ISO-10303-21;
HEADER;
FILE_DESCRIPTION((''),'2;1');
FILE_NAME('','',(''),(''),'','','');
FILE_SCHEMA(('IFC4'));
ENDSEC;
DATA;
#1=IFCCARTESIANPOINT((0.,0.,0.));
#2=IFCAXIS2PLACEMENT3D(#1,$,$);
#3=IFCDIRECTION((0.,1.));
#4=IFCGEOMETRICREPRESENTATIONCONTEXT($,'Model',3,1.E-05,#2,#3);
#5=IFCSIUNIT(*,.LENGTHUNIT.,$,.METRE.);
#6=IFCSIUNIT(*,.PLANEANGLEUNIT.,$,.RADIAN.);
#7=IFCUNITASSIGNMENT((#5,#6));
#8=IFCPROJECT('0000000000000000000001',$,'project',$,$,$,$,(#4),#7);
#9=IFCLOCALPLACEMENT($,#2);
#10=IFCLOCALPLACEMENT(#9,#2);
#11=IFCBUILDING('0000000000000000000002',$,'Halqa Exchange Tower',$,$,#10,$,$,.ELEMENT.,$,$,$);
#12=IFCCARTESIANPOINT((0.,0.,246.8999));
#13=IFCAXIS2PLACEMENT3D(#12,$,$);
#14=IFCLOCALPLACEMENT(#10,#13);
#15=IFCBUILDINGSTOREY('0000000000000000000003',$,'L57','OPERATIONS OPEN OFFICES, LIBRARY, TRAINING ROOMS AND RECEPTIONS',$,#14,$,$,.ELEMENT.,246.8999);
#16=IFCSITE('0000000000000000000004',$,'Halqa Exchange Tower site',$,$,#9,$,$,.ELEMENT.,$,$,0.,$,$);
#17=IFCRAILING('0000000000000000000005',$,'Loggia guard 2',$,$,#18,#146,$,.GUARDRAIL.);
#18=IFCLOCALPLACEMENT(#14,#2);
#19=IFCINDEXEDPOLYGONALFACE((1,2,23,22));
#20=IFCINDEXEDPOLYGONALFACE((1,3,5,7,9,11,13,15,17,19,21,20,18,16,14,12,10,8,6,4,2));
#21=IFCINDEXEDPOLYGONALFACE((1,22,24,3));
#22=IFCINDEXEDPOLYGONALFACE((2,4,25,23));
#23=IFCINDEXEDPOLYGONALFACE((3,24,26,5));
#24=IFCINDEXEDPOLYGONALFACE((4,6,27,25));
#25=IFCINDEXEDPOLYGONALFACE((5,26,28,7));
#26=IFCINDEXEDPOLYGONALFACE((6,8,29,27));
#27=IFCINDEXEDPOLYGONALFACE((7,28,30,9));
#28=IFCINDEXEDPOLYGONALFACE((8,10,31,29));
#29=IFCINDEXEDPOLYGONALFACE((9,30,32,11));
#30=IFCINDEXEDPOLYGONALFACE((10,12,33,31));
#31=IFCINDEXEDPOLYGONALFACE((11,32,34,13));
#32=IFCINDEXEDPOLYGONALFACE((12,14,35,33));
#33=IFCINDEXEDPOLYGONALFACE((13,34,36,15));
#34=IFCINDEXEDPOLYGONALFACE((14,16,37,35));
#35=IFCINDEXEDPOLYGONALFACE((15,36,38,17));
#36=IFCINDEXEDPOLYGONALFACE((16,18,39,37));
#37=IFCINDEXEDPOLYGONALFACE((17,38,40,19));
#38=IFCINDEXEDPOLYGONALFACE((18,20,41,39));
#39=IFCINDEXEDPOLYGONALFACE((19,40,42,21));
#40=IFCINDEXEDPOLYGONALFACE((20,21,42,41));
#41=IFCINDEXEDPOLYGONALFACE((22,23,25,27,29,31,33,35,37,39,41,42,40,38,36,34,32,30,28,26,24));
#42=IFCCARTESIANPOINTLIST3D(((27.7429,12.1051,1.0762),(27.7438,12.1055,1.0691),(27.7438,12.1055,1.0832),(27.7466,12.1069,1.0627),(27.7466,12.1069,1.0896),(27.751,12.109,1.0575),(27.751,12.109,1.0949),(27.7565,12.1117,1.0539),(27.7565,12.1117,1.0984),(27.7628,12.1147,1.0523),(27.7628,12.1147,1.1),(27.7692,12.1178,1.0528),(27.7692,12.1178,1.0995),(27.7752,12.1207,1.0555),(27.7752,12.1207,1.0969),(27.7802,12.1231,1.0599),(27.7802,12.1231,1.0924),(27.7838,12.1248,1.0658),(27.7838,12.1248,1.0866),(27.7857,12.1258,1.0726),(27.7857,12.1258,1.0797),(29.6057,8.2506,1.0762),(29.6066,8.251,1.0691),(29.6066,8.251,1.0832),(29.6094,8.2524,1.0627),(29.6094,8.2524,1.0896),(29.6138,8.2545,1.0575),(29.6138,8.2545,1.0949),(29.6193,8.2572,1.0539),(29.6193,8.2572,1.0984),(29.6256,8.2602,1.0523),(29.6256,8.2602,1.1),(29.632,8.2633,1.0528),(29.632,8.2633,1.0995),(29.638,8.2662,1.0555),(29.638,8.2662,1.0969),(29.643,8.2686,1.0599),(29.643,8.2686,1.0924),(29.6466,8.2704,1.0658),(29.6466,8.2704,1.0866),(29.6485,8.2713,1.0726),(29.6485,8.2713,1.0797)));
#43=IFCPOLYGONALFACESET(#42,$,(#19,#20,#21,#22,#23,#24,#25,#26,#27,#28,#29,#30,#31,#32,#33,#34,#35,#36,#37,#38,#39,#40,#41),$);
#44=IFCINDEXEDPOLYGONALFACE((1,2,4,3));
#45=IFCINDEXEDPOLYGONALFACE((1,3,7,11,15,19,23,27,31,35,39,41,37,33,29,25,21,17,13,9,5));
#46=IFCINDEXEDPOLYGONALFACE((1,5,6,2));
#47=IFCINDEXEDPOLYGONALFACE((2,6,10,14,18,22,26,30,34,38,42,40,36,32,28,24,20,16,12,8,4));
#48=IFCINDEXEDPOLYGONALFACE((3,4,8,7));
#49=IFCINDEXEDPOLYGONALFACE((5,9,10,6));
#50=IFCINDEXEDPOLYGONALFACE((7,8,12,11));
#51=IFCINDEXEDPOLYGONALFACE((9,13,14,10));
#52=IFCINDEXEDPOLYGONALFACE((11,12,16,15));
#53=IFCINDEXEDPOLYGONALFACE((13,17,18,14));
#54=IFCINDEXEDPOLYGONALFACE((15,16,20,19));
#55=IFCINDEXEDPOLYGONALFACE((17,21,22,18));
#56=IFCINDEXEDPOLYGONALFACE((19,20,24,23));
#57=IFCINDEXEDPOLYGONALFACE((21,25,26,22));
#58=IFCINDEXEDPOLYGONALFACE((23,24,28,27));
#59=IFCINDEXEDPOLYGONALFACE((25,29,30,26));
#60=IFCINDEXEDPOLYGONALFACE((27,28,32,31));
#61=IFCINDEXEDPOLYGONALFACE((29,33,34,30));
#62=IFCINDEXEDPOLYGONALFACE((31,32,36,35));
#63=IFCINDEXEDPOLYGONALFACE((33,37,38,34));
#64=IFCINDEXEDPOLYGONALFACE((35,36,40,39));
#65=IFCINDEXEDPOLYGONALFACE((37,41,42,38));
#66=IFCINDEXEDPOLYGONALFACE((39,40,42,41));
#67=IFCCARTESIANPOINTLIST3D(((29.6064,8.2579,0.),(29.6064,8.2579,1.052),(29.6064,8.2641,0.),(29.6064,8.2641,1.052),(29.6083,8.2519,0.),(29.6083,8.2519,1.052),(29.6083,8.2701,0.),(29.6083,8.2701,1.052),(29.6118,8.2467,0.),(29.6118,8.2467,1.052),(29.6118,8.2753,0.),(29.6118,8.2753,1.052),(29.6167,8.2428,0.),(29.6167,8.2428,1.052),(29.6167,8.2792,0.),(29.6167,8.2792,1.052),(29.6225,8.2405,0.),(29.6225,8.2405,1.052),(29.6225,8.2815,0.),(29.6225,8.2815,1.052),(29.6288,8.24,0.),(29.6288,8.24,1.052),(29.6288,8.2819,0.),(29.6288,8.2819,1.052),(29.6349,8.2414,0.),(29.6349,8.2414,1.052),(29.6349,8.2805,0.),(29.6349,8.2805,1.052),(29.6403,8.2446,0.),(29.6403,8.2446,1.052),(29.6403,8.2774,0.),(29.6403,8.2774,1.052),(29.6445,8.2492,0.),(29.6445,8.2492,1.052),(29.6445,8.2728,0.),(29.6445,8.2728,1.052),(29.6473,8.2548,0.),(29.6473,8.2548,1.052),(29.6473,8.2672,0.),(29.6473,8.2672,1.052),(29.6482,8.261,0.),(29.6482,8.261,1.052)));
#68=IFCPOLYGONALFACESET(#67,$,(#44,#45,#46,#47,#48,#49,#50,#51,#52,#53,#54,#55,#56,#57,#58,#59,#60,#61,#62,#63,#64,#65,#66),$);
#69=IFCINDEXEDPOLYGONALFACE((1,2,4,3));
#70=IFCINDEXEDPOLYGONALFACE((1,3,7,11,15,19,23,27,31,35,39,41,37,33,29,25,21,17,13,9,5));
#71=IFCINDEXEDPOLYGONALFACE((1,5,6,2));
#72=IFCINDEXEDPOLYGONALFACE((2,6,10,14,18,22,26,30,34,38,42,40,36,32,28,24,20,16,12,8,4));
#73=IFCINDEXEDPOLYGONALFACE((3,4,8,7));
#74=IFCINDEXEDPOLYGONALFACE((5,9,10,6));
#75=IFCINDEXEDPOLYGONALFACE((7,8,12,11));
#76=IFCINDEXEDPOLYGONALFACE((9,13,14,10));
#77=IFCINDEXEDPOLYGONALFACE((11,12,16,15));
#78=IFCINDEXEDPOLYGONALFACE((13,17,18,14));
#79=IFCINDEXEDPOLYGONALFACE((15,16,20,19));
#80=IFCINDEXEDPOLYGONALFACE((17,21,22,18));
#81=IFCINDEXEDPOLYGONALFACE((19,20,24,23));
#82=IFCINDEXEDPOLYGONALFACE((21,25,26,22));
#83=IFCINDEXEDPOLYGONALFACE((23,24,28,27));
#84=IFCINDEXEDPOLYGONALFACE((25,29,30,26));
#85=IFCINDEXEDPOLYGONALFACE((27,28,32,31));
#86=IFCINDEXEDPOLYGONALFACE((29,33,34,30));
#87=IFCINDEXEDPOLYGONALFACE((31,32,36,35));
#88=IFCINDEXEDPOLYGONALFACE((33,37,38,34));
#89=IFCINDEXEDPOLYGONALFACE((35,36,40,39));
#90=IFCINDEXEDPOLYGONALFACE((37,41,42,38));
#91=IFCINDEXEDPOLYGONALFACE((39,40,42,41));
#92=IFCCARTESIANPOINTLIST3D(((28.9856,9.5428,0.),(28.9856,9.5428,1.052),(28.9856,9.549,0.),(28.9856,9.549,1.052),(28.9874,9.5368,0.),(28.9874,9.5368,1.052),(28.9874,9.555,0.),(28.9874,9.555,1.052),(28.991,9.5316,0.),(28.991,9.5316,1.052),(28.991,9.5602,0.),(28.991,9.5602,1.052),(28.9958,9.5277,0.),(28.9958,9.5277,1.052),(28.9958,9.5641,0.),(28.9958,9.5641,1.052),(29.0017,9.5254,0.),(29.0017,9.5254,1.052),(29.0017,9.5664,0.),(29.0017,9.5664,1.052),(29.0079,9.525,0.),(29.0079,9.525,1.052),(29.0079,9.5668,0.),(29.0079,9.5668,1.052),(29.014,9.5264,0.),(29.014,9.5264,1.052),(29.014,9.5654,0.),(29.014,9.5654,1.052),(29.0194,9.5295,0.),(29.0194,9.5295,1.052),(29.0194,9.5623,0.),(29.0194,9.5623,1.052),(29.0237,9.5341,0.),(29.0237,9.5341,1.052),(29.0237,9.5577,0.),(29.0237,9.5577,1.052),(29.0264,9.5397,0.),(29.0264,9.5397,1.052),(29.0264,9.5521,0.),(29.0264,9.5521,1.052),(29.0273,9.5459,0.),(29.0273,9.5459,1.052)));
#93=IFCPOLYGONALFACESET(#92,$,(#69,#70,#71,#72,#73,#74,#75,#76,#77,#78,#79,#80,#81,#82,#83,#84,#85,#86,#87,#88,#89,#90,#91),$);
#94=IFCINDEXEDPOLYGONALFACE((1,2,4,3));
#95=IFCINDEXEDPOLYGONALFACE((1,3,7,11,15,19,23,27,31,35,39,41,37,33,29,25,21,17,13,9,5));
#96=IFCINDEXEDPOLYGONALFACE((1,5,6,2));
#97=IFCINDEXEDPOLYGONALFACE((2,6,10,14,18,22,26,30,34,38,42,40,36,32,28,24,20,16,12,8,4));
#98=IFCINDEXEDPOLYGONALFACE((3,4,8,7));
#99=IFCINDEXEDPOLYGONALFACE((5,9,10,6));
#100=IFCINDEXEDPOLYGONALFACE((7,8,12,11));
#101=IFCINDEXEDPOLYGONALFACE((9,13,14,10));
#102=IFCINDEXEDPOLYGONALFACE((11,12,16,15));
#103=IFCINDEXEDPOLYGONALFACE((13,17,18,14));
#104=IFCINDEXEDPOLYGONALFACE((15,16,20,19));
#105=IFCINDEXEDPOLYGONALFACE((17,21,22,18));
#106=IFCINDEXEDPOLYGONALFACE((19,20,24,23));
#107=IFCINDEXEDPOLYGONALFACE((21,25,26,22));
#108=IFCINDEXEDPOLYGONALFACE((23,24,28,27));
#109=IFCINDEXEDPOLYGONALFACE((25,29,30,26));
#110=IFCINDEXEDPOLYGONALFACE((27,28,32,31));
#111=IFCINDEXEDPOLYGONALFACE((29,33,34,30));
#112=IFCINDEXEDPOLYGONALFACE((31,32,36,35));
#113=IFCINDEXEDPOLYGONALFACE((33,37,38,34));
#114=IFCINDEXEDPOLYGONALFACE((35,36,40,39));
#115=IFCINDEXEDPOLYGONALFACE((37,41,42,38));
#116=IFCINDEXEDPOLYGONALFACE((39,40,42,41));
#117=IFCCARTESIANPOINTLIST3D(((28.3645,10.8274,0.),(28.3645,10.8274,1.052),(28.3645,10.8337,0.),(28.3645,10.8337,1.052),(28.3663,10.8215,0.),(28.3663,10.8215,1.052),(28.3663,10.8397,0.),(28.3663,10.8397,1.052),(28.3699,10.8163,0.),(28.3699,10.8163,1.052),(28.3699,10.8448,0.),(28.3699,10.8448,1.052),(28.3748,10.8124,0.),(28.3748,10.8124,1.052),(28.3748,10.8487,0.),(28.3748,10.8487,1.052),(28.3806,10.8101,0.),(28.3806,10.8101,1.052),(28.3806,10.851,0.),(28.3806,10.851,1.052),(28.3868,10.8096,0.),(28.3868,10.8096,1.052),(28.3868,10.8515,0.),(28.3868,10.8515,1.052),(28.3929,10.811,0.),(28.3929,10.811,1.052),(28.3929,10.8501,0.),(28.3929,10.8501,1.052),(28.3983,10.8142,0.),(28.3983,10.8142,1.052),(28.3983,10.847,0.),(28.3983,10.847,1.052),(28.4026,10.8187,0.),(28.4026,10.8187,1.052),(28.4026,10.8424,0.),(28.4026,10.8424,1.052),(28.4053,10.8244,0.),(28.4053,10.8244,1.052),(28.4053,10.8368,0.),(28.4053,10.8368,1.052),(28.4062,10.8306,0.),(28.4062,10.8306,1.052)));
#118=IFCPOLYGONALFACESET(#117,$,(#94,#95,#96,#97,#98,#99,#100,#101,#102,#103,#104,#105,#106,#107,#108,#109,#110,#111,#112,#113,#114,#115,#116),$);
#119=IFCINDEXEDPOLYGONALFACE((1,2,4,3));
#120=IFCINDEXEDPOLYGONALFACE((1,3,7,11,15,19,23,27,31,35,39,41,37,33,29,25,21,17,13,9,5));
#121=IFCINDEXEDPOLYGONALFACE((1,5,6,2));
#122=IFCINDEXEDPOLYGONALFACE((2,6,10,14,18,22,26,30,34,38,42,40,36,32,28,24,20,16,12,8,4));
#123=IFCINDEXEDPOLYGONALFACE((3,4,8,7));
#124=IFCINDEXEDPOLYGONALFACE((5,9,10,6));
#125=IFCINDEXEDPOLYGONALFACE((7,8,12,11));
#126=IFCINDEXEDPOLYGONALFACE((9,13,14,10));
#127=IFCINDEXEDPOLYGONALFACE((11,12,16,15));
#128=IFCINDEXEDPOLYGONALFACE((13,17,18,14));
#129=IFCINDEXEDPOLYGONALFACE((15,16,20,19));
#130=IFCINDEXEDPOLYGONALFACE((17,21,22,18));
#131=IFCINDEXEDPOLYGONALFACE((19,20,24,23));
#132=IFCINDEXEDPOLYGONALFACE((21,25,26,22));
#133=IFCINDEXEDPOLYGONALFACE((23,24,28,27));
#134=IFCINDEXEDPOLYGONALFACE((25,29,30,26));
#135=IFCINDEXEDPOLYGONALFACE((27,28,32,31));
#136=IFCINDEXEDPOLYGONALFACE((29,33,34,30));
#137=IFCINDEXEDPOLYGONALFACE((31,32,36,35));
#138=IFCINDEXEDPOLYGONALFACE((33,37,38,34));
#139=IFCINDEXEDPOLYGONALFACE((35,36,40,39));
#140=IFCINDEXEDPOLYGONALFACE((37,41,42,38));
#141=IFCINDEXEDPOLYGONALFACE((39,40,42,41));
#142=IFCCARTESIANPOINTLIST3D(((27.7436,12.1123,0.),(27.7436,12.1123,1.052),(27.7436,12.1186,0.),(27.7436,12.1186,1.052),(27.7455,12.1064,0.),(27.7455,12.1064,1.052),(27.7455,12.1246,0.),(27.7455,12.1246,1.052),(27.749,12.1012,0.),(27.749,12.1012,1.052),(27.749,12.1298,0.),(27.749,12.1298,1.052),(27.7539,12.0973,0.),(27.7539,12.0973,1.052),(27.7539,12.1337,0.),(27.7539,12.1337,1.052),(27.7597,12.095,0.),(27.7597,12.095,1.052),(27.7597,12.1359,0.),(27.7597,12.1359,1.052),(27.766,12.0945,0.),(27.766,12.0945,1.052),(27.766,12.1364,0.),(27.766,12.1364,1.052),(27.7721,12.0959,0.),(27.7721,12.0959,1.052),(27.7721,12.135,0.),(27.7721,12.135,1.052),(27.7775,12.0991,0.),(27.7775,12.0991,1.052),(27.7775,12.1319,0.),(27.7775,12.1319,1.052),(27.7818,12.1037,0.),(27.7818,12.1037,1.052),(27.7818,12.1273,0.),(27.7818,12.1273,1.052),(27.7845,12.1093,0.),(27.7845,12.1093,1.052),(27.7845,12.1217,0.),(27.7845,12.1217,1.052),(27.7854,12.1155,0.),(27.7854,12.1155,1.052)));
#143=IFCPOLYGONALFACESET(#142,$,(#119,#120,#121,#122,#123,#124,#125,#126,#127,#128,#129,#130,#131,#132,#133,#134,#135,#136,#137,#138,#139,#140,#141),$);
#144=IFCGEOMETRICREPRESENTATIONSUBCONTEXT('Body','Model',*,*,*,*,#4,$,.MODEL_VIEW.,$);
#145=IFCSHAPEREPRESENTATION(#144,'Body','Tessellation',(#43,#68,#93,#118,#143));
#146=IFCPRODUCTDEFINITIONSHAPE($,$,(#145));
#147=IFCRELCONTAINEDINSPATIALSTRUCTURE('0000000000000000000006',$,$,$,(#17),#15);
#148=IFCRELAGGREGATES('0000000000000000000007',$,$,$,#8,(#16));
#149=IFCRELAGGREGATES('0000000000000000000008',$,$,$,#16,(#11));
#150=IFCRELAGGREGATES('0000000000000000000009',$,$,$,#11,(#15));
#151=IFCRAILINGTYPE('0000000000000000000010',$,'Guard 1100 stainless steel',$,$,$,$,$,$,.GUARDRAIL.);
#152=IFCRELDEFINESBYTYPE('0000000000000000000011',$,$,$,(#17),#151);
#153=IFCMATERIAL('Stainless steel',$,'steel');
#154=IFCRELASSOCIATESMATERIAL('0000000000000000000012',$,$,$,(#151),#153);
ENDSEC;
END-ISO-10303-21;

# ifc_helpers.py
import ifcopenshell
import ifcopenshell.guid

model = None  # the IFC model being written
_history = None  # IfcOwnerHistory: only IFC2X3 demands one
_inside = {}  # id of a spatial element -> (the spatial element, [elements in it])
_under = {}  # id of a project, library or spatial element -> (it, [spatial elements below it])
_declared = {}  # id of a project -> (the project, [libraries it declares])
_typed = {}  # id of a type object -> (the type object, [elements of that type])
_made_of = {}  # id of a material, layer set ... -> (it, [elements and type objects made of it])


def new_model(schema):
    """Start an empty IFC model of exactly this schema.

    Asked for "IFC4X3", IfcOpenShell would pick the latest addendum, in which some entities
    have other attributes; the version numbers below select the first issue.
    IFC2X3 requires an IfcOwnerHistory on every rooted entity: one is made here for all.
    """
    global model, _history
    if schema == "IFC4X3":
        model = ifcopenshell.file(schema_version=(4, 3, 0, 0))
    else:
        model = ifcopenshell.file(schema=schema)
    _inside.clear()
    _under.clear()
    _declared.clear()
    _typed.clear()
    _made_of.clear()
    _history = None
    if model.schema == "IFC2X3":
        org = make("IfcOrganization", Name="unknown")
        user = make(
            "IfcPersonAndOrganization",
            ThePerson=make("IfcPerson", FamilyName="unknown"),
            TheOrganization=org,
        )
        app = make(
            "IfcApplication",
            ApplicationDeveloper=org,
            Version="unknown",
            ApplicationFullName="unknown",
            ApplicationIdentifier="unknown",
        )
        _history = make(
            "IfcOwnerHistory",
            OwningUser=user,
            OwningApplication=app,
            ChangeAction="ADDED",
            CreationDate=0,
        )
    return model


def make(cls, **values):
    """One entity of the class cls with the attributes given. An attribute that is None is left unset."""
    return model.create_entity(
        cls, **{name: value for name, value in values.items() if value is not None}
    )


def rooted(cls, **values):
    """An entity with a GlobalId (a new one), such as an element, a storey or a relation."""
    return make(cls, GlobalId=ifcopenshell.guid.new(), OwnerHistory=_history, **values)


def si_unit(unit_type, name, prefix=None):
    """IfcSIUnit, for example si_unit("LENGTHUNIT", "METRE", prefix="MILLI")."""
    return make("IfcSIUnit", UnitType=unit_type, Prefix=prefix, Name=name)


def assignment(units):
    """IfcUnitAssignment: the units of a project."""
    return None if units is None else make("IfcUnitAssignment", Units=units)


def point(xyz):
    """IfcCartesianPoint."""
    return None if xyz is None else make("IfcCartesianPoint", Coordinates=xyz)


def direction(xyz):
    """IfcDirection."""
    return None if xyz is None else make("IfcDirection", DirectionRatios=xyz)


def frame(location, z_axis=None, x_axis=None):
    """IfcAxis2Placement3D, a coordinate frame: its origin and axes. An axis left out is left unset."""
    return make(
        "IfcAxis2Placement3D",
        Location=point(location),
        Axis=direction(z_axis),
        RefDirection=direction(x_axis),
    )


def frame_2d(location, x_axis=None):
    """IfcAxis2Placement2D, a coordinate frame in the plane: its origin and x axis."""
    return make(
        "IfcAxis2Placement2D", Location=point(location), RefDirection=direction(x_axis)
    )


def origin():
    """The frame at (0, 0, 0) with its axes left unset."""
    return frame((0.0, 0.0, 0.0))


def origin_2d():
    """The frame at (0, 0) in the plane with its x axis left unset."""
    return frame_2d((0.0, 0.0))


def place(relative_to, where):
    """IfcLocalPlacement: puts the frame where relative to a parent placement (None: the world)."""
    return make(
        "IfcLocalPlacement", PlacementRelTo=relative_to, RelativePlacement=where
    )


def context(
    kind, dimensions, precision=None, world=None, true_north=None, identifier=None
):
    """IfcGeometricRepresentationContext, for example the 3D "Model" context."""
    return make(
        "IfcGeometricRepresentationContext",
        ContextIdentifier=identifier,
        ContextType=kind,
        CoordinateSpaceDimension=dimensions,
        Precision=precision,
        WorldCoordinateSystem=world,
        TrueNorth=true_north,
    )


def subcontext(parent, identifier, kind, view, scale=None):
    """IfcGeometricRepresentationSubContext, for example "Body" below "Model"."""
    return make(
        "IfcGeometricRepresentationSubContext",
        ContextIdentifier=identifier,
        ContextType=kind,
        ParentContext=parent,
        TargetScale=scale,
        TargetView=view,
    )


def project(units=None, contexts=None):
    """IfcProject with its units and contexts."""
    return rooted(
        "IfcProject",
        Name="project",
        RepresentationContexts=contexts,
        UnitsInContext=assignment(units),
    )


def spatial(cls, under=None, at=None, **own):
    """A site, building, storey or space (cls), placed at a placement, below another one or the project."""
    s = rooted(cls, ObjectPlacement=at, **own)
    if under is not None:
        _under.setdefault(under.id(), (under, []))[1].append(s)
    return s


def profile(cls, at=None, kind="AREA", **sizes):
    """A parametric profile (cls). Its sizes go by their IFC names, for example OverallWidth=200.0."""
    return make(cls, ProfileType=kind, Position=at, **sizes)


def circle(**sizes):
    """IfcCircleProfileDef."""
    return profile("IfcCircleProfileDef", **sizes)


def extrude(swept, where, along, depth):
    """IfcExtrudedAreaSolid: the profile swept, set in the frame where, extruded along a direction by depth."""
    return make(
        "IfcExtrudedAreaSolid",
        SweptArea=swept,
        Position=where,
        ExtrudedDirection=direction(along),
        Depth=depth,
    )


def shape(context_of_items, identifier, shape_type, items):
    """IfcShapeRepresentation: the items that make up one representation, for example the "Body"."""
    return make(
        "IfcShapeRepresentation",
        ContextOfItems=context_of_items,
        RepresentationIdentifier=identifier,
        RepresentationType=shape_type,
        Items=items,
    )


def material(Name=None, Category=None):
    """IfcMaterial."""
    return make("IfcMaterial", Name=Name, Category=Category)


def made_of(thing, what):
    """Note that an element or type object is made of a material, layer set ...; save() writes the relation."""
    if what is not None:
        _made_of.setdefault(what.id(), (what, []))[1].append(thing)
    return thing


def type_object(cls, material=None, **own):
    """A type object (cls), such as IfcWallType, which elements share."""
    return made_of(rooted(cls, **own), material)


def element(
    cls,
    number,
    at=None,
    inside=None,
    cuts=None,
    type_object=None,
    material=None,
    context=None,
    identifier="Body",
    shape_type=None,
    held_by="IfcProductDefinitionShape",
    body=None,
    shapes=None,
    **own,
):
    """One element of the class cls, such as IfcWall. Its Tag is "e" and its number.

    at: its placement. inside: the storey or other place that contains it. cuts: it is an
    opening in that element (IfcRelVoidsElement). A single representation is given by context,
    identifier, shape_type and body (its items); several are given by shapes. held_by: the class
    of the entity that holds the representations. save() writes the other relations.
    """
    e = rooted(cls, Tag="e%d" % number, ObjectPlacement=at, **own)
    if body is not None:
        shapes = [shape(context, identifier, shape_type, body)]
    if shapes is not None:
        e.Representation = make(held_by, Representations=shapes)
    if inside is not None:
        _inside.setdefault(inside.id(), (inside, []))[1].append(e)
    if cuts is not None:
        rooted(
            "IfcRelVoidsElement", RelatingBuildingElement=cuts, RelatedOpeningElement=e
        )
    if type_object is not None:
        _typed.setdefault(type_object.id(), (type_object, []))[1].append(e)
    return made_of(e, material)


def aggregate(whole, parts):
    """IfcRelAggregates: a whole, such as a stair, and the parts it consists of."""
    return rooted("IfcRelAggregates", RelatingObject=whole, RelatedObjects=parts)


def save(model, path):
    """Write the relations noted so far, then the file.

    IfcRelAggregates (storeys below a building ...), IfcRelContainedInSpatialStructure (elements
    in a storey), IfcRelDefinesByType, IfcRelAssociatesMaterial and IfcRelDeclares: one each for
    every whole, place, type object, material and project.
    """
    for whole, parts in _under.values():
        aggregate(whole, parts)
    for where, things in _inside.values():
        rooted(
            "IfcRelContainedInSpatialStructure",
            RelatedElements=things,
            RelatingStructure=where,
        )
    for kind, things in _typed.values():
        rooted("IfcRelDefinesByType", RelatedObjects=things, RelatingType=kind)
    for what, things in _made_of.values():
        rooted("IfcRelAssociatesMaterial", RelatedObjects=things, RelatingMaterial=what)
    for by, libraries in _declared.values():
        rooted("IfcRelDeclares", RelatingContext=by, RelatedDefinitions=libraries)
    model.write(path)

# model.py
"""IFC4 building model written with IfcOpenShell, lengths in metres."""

from ifc_helpers import new_model, si_unit, direction, frame, origin, origin_2d, place, context, subcontext, project, spatial, circle, extrude, material, type_object, element, save


model = new_model("IFC4")

# Units and contexts
model_context = context("Model", 3, precision=1e-05, world=origin(), true_north=direction((0.0, 1.0)))
body_context = subcontext(model_context, "Body", "Model", "MODEL_VIEW")
ifc_project = project(units=[si_unit("LENGTHUNIT", "METRE"), si_unit("PLANEANGLEUNIT", "RADIAN")], contexts=[model_context])

# Site, building, storey
site_placement = place(None, origin())
site = spatial("IfcSite", under=ifc_project, at=site_placement, Name="Halqa Exchange Tower site", CompositionType="ELEMENT", RefElevation=0.0)
building_placement = place(site_placement, origin())
building = spatial("IfcBuilding", under=site, at=building_placement, Name="Halqa Exchange Tower", CompositionType="ELEMENT")
storey_placement = place(building_placement, frame((0.0, 0.0, 246.8999)))
storey = spatial("IfcBuildingStorey", under=building, at=storey_placement, Name="L57", Description="OPERATIONS OPEN OFFICES, LIBRARY, TRAINING ROOMS AND RECEPTIONS", CompositionType="ELEMENT", Elevation=246.8999)

# Railing
ifc_material_1 = material(Name="Stainless steel", Category="steel")
railing_type = type_object("IfcRailingType", Name="Guard 1100 stainless steel", PredefinedType="GUARDRAIL", material=ifc_material_1)
railing_1_placement = place(storey_placement, frame((29.6272, 8.261, 0.0)))
element("IfcRailing", 1, at=railing_1_placement, inside=storey, type_object=railing_type, Name="Loggia guard 2", PredefinedType="GUARDRAIL", context=body_context, shape_type="SweptSolid", body=[
    extrude(circle(Radius=0.0239, at=origin_2d()), frame((0.0, 0.0, 1.0762), z_axis=(-0.435129, 0.900368, 0.0), x_axis=(-0.900368, -0.435129, 0.0)), (0.0, 0.0, 1.0), 4.281),
    extrude(circle(Radius=0.021, at=origin_2d()), origin(), (0.0, 0.0, 1.0), 1.052),
    extrude(circle(Radius=0.021, at=origin_2d()), frame((-0.6208, 1.2849, 0.0)), (0.0, 0.0, 1.0), 1.052),
    extrude(circle(Radius=0.021, at=origin_2d()), frame((-1.2419, 2.5696, 0.0)), (0.0, 0.0, 1.0), 1.052),
    extrude(circle(Radius=0.021, at=origin_2d()), frame((-1.8628, 3.8545, 0.0)), (0.0, 0.0, 1.0), 1.052),
])

save(model, "model.ifc")
